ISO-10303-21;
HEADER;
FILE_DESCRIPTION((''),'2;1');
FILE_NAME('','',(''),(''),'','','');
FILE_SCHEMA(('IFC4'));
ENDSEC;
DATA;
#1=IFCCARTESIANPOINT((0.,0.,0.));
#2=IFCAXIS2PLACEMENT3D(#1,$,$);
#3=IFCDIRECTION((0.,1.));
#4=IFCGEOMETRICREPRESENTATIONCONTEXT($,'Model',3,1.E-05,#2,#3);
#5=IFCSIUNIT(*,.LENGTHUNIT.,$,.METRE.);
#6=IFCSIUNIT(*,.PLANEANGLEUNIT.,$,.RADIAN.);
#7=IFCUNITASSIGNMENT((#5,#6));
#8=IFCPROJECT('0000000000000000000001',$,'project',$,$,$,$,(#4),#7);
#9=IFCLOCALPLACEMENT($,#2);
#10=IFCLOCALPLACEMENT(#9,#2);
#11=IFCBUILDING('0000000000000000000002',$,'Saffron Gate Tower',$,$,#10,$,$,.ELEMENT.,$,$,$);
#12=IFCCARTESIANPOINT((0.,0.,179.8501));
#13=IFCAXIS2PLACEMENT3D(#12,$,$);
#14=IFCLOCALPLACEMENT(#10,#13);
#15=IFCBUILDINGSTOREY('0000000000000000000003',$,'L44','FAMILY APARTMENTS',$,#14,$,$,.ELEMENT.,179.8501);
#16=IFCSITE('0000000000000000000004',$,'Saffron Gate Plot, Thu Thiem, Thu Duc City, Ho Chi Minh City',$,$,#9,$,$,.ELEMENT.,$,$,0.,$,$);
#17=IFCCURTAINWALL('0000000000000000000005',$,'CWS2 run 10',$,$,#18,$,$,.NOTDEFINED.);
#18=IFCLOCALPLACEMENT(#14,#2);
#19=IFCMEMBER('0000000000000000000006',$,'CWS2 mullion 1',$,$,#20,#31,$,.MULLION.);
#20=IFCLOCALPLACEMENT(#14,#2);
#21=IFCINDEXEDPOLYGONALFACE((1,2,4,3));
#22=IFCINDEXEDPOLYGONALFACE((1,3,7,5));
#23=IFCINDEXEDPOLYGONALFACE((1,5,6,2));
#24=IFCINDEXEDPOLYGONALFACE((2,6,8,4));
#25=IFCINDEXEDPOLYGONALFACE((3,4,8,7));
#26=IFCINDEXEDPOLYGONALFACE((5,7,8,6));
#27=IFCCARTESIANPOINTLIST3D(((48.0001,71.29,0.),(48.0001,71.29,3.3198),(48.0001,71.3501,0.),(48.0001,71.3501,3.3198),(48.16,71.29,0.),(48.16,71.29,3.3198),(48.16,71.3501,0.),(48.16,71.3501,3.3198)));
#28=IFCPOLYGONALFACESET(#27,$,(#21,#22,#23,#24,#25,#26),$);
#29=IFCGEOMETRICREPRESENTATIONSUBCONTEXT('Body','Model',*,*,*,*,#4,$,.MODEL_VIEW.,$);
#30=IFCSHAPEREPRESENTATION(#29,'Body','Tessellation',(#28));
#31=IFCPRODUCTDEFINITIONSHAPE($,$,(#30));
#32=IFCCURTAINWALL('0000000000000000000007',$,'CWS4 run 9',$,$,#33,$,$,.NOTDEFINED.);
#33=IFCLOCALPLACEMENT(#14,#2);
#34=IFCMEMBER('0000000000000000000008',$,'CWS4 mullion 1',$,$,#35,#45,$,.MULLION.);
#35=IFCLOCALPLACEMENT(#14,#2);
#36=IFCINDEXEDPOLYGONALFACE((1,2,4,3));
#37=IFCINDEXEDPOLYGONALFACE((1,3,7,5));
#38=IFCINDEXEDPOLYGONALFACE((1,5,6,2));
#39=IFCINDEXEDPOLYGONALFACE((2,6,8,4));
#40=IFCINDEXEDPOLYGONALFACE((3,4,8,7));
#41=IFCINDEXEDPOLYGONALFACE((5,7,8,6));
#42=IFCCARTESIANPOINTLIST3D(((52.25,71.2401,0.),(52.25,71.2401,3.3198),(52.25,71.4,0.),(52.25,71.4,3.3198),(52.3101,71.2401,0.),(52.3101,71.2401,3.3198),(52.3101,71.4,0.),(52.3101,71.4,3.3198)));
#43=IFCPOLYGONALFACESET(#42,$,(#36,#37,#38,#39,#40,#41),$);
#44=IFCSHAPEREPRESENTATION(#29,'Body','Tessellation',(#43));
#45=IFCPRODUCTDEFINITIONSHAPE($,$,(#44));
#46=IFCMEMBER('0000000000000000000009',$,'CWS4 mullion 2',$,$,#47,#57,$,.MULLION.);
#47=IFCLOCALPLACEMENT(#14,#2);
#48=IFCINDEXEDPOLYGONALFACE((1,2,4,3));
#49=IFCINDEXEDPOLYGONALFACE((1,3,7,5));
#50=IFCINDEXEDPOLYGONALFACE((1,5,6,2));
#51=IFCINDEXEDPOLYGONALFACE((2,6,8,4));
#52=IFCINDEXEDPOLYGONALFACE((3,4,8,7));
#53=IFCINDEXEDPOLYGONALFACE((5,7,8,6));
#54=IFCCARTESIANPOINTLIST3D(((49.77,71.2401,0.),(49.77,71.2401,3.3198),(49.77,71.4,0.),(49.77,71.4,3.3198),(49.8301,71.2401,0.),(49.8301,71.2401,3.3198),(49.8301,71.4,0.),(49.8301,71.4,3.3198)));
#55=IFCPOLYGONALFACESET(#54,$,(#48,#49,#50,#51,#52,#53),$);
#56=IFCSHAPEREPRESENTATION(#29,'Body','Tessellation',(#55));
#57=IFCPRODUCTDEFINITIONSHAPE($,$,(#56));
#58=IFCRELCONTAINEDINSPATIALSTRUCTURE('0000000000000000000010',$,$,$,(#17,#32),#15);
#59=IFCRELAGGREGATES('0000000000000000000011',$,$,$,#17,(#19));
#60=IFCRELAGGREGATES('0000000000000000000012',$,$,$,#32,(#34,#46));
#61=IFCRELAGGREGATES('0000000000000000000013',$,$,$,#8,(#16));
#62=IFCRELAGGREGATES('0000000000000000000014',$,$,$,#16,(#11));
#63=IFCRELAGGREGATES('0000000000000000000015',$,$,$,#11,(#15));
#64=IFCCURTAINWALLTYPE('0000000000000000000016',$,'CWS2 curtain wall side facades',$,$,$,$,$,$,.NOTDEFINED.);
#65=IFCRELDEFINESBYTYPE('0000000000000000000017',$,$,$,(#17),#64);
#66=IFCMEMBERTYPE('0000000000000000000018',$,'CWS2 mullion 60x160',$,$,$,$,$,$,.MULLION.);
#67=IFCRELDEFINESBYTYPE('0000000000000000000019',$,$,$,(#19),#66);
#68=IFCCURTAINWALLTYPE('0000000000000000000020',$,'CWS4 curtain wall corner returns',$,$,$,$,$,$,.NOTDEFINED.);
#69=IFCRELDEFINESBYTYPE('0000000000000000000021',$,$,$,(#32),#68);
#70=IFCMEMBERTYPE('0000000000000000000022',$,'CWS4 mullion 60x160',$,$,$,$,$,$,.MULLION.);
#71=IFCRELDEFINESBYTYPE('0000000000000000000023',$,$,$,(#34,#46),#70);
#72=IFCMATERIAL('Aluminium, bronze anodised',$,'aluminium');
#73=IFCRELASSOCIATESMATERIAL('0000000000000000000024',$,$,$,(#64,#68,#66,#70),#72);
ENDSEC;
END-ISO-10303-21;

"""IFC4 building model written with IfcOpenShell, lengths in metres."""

from ifc_helpers import new_model, si_unit, direction, frame, origin, origin_2d, place, context, subcontext, project, spatial, rectangle, extrude, material, material_profile, profile_set, type_object, element, aggregate, save


model = new_model("IFC4")

# Units and contexts
model_context = context("Model", 3, precision=1e-05, world=origin(), true_north=direction((0.0, 1.0)))
body_context = subcontext(model_context, "Body", "Model", "MODEL_VIEW")
ifc_project = project(units=[si_unit("LENGTHUNIT", "METRE"), si_unit("PLANEANGLEUNIT", "RADIAN")], contexts=[model_context])

# Site, building, storey
site_placement = place(None, origin())
site = spatial("IfcSite", under=ifc_project, at=site_placement, Name="Saffron Gate Plot, Thu Thiem, Thu Duc City, Ho Chi Minh City", CompositionType="ELEMENT", RefElevation=0.0)
building_placement = place(site_placement, origin())
building = spatial("IfcBuilding", under=site, at=building_placement, Name="Saffron Gate Tower", CompositionType="ELEMENT")
storey_placement = place(building_placement, frame((0.0, 0.0, 179.8501)))
storey = spatial("IfcBuildingStorey", under=building, at=storey_placement, Name="L44", Description="FAMILY APARTMENTS", CompositionType="ELEMENT", Elevation=179.8501)

# Curtain wall, member
ifc_material_1 = material(Name="Aluminium, bronze anodised", Category="aluminium")
curtain_wall_type_1 = type_object("IfcCurtainWallType", Name="CWS2 curtain wall side facades", PredefinedType="NOTDEFINED", material=ifc_material_1)
curtain_wall_1_placement = place(storey_placement, origin())
curtain_wall_1 = element("IfcCurtainWall", 1, at=curtain_wall_1_placement, inside=storey, type_object=curtain_wall_type_1, Name="CWS2 run 10", PredefinedType="NOTDEFINED")
ifc_material_profile_1 = material_profile(ifc_material_1, rectangle(XDim=0.1599, YDim=0.0601, at=origin_2d()))
ifc_profile_set_1 = profile_set([ifc_material_profile_1], Name="Aluminium, bronze anodised")
member_type_1 = type_object("IfcMemberType", Name="CWS2 mullion 60x160", PredefinedType="MULLION", material=ifc_profile_set_1)
member_1_placement = place(storey_placement, frame((48.0801, 71.3201, 0.0), z_axis=(0.0, 0.0, 1.0), x_axis=(1.0, 0.0, 0.0)))
member_1 = element("IfcMember", 2, at=member_1_placement, type_object=member_type_1, Name="CWS2 mullion 1", PredefinedType="MULLION", context=body_context, shape_type="SweptSolid", body=[
    extrude(rectangle(XDim=0.1599, YDim=0.0601, at=origin_2d()), origin(), (0.0, 0.0, 1.0), 3.3198),
])

# Curtain wall, members
curtain_wall_type_2 = type_object("IfcCurtainWallType", Name="CWS4 curtain wall corner returns", PredefinedType="NOTDEFINED", material=ifc_material_1)
curtain_wall_2_placement = place(storey_placement, origin())
curtain_wall_2 = element("IfcCurtainWall", 3, at=curtain_wall_2_placement, inside=storey, type_object=curtain_wall_type_2, Name="CWS4 run 9", PredefinedType="NOTDEFINED")
ifc_material_profile_2 = material_profile(ifc_material_1, rectangle(XDim=0.1599, YDim=0.0601, at=origin_2d()))
ifc_profile_set_2 = profile_set([ifc_material_profile_2], Name="Aluminium, bronze anodised")
member_type_2 = type_object("IfcMemberType", Name="CWS4 mullion 60x160", PredefinedType="MULLION", material=ifc_profile_set_2)
member_2_placement = place(storey_placement, frame((52.28, 71.3201, 0.0), z_axis=(0.0, 0.0, 1.0), x_axis=(0.0, -1.0, 0.0)))
member_2 = element("IfcMember", 4, at=member_2_placement, type_object=member_type_2, Name="CWS4 mullion 1", PredefinedType="MULLION", context=body_context, shape_type="SweptSolid", body=[
    extrude(rectangle(XDim=0.1599, YDim=0.0601, at=origin_2d()), origin(), (0.0, 0.0, 1.0), 3.3198),
])
member_3_placement = place(storey_placement, frame((49.8, 71.3201, 0.0), z_axis=(0.0, 0.0, 1.0), x_axis=(0.0, -1.0, 0.0)))
member_3 = element("IfcMember", 5, at=member_3_placement, type_object=member_type_2, Name="CWS4 mullion 2", PredefinedType="MULLION", context=body_context, shape_type="SweptSolid", body=[
    extrude(rectangle(XDim=0.1599, YDim=0.0601, at=origin_2d()), origin(), (0.0, 0.0, 1.0), 3.3198),
])

aggregate(curtain_wall_1, [member_1])

aggregate(curtain_wall_2, [member_2, member_3])

save(model, "model.ifc")
